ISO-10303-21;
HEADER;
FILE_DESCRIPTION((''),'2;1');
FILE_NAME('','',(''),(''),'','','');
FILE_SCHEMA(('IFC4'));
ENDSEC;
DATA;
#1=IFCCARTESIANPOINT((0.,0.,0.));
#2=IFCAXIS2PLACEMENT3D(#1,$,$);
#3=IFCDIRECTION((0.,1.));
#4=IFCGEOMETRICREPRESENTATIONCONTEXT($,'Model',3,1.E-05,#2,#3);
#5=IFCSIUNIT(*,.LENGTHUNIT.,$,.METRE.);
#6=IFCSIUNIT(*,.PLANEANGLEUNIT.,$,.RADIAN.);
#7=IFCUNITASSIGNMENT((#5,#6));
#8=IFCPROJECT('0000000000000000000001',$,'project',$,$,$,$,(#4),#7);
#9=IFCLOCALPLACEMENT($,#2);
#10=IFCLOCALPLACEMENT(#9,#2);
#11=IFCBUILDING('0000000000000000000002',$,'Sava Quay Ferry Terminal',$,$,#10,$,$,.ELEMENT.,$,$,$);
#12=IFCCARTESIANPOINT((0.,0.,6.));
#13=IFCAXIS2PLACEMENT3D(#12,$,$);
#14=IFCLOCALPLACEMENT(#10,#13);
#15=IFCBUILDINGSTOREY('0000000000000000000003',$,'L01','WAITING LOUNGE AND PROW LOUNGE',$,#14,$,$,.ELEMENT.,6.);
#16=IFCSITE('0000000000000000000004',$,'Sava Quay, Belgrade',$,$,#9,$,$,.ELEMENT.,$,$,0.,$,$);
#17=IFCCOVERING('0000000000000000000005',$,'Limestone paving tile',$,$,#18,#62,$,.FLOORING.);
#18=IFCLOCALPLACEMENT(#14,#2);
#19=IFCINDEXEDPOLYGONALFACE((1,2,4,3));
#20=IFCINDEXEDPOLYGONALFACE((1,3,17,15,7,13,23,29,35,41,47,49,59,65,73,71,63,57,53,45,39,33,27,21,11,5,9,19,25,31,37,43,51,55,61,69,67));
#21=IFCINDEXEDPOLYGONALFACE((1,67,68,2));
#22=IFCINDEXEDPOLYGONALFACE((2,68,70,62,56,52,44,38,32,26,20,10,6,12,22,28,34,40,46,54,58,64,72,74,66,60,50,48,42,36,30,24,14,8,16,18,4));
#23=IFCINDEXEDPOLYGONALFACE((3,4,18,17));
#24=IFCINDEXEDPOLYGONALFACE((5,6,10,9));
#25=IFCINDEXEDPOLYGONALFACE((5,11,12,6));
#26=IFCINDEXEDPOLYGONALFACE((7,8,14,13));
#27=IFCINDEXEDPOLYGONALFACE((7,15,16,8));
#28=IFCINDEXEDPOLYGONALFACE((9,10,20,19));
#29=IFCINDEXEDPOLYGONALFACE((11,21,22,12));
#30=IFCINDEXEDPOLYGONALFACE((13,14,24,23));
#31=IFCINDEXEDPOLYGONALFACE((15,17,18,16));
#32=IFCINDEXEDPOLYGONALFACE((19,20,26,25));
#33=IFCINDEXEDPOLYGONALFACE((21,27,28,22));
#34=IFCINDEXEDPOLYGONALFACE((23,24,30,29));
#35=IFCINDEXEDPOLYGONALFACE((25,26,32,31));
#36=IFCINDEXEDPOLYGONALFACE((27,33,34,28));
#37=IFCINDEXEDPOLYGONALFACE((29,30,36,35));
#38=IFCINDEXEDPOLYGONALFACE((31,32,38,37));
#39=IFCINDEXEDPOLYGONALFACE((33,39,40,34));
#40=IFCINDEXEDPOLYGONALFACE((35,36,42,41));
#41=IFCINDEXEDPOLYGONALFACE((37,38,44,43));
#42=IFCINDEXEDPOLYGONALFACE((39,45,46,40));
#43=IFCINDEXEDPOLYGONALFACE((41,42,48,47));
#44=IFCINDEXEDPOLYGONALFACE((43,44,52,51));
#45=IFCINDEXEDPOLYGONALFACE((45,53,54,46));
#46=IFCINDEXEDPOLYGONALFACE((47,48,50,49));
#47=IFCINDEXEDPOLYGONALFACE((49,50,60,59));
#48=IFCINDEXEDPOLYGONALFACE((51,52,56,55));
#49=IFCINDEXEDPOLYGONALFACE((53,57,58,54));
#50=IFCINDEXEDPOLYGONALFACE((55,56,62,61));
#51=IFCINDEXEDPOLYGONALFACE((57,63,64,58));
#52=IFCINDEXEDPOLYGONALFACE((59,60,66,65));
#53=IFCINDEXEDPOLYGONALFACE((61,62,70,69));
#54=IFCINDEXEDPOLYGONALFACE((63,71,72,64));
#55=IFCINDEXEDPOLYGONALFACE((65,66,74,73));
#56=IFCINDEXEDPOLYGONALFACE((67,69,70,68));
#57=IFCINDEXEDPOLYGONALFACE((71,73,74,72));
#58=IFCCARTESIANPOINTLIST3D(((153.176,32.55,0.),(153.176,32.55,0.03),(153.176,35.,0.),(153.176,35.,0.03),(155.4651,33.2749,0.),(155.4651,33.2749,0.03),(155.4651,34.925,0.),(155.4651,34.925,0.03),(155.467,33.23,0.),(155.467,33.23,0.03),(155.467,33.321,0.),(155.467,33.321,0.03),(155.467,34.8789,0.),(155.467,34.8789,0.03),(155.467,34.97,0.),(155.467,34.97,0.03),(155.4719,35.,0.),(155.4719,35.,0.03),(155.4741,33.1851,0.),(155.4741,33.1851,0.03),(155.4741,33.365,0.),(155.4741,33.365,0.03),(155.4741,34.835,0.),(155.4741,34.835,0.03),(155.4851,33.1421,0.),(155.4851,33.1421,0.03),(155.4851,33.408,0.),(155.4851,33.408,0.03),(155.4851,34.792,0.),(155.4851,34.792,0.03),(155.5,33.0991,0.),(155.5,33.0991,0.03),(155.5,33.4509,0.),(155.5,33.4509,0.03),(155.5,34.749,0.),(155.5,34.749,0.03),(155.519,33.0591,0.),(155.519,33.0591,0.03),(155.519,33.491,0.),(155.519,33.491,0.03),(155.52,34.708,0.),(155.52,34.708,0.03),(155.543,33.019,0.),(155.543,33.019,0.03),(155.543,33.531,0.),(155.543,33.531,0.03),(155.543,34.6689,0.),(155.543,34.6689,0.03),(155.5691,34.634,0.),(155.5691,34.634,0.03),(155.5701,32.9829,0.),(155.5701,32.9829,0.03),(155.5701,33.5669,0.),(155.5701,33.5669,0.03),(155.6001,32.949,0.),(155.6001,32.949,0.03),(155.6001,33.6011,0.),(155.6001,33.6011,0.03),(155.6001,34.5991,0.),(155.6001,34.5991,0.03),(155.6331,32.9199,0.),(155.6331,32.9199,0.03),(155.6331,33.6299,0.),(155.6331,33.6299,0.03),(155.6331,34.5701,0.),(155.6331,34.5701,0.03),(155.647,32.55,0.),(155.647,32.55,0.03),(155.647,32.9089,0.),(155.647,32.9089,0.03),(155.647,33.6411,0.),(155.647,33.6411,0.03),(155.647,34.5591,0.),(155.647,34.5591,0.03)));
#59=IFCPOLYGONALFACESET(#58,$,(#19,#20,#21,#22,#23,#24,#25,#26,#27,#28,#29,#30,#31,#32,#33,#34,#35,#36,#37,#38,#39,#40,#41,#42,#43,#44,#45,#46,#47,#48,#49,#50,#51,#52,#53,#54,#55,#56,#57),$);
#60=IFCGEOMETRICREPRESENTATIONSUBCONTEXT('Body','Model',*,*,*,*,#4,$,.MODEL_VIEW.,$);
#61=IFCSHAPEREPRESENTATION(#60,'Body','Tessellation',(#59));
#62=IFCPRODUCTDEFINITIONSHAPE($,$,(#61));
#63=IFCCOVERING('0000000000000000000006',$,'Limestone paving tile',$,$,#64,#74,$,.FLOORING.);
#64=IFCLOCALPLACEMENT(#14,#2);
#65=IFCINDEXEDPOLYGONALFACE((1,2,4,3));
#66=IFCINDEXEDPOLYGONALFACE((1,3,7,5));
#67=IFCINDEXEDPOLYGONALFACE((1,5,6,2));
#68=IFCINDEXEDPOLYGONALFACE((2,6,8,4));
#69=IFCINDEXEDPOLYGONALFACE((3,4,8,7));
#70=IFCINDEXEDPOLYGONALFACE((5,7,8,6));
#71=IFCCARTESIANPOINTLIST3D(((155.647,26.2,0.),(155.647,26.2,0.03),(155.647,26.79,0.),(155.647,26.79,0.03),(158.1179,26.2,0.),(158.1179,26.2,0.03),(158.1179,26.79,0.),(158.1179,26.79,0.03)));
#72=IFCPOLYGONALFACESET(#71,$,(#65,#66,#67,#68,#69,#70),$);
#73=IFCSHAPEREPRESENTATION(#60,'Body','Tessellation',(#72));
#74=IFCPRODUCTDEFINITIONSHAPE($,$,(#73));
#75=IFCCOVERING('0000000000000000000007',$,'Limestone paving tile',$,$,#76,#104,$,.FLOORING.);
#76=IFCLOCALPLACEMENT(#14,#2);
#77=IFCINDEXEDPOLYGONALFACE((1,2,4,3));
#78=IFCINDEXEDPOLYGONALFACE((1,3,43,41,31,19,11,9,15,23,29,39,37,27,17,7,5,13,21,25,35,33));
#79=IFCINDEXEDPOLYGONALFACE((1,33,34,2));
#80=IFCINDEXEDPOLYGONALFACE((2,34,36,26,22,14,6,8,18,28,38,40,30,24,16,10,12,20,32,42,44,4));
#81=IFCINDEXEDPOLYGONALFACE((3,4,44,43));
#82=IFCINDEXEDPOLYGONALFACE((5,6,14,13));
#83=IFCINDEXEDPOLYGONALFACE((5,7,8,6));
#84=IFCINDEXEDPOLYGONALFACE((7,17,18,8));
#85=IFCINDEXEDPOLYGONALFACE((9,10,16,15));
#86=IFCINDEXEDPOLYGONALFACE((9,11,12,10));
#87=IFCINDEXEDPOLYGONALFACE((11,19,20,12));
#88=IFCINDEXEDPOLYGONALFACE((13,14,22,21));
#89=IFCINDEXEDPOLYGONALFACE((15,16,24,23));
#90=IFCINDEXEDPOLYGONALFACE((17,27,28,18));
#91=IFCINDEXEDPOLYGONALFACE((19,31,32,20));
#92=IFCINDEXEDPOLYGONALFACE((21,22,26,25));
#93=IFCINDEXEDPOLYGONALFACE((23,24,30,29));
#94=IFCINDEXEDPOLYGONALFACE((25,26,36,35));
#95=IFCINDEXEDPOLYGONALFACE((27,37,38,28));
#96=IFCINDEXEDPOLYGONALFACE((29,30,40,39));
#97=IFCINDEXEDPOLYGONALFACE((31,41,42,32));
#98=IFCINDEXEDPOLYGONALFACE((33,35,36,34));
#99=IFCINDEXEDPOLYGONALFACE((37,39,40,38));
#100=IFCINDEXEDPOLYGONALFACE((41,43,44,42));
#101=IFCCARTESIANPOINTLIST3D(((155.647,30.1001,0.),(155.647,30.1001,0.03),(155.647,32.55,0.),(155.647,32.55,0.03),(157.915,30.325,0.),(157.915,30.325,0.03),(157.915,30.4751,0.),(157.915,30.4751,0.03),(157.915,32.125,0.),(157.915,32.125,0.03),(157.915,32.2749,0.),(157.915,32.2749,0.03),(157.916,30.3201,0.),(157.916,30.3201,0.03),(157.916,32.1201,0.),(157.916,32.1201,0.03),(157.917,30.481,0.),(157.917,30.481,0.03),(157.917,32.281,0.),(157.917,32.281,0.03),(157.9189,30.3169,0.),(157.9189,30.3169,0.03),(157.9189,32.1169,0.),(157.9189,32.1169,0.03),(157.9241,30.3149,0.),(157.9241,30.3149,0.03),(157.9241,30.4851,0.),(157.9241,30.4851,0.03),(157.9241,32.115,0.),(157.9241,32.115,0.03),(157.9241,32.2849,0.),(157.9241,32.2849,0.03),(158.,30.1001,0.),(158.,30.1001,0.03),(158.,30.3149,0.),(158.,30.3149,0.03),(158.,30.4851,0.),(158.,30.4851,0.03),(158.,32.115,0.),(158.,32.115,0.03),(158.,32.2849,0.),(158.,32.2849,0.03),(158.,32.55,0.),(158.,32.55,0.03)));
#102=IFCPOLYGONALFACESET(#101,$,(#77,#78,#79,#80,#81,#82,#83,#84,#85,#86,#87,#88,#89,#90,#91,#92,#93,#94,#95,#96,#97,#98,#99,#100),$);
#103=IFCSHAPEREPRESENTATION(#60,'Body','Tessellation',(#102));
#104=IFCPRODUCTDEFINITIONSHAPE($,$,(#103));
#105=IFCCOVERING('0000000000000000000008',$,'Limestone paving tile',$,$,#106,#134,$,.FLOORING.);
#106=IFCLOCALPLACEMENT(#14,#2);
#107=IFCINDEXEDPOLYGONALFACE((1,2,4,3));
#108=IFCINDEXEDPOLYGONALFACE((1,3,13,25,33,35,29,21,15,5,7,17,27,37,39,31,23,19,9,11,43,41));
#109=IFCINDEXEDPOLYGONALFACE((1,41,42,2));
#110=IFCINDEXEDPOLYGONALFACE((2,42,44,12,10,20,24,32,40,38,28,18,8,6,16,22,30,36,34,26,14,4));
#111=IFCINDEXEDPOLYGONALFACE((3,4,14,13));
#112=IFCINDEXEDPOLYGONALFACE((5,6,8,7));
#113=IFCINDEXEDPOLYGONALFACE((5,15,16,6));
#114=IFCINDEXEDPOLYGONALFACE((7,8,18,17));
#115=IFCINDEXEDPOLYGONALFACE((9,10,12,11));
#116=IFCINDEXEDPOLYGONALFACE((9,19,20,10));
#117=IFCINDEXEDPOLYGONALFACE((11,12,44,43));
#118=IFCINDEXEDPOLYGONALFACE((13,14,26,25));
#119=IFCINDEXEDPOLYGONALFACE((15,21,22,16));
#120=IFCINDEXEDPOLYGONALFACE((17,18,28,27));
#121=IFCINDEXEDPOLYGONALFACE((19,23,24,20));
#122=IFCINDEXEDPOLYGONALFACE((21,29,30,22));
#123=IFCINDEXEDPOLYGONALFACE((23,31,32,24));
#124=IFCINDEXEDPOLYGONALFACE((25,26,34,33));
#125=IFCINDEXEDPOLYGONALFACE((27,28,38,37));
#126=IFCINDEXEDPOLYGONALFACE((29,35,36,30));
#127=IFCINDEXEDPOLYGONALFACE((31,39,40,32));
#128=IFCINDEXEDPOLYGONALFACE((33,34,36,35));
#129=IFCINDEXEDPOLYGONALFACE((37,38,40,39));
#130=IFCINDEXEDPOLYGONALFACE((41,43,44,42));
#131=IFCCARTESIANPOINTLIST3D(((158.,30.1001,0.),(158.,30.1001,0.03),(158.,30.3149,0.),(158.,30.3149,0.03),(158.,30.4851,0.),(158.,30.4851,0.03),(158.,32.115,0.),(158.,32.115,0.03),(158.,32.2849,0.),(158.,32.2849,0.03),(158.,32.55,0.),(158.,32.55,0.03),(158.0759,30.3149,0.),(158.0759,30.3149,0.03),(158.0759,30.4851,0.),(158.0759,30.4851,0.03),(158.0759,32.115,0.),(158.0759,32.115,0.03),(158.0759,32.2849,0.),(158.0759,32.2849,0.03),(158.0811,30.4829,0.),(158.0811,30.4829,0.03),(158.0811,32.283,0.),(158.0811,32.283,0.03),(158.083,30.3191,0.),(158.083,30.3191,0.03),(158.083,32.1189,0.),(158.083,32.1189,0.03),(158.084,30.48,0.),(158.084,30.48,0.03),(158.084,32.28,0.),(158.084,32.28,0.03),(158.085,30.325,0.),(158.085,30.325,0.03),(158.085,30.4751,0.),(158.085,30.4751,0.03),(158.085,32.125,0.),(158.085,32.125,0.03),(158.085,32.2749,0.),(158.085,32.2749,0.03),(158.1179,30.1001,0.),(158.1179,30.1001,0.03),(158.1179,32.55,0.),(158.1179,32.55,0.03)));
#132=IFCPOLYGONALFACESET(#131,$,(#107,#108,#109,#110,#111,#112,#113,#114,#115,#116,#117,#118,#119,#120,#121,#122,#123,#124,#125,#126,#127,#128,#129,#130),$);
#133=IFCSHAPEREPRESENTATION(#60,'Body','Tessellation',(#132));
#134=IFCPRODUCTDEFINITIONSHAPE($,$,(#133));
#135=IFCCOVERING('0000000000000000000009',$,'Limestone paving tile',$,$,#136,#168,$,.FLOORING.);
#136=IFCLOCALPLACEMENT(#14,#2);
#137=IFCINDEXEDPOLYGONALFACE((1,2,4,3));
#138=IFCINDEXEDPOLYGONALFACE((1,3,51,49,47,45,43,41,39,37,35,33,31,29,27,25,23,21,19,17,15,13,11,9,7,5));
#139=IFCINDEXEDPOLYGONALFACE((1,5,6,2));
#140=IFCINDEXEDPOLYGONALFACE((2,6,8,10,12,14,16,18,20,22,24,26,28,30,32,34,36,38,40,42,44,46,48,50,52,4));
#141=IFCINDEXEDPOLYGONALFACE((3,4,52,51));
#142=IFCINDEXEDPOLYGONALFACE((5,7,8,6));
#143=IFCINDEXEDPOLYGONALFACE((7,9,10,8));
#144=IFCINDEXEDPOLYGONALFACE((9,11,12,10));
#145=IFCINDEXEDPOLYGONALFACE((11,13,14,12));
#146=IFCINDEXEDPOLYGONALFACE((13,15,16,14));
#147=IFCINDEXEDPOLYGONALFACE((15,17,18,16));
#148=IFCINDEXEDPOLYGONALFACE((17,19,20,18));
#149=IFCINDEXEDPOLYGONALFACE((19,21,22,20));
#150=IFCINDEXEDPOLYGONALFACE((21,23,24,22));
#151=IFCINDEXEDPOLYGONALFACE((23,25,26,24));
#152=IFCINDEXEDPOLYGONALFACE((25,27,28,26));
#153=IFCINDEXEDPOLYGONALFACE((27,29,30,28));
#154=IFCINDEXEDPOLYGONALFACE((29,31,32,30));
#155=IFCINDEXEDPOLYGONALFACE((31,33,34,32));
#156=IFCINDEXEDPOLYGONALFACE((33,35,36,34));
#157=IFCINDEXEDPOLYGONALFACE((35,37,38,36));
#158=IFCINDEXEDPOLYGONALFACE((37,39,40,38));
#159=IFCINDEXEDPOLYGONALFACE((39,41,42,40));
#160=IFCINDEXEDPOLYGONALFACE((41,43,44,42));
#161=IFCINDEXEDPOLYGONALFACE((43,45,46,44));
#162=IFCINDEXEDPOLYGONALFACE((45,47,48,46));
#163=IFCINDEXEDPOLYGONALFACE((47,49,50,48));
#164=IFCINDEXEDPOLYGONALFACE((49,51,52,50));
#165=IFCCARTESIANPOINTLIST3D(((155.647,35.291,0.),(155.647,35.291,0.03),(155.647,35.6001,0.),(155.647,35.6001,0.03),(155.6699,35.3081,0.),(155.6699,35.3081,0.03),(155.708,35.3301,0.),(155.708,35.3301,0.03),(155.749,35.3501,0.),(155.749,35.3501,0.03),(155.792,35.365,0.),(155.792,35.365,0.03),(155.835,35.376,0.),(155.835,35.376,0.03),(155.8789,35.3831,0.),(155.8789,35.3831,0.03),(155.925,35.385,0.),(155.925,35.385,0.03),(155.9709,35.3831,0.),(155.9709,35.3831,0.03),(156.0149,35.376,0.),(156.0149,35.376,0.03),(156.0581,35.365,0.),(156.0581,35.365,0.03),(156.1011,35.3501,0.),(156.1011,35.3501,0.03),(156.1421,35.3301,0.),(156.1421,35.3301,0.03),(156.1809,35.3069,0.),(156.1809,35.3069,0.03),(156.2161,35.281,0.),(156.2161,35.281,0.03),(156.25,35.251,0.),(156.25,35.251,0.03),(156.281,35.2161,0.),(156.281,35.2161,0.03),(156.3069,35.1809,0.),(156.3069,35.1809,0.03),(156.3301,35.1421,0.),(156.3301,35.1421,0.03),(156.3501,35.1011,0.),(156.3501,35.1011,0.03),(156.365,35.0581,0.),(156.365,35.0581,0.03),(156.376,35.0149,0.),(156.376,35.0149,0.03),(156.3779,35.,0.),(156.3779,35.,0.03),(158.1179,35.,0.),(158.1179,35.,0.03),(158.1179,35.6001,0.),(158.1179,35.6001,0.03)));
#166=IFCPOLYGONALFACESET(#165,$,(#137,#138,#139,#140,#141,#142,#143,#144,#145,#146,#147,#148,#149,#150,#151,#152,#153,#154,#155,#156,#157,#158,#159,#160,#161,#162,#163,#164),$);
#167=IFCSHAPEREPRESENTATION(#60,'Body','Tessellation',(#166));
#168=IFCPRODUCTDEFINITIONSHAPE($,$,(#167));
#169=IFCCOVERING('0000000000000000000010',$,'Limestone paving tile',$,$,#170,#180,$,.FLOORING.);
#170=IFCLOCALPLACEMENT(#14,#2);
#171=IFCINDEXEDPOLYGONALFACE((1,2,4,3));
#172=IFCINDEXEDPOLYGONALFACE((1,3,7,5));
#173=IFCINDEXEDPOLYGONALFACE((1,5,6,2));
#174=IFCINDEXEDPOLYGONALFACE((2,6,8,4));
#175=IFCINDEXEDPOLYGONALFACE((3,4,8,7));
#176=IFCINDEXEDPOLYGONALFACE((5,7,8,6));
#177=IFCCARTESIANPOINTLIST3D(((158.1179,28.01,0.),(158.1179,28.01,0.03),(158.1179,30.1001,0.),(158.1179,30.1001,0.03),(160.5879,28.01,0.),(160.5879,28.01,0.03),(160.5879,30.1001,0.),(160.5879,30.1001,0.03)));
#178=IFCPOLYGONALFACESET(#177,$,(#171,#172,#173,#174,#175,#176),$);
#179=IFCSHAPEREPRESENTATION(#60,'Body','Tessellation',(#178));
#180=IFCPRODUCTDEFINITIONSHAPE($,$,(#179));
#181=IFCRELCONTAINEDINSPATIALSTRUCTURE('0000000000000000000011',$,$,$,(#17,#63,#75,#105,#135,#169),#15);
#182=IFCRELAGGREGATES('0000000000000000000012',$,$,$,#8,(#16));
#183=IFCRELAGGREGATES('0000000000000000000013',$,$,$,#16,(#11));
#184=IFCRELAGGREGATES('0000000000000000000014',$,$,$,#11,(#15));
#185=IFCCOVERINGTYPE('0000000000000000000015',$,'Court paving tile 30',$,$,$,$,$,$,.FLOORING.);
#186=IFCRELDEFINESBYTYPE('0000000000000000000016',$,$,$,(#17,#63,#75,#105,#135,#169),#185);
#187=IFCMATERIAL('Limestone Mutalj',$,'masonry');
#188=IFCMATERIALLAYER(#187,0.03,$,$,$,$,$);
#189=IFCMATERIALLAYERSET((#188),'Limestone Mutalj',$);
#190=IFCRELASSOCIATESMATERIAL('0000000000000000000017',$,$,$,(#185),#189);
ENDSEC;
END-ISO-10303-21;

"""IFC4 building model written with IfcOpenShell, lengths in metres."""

from ifc_helpers import new_model, si_unit, direction, frame, origin, place, context, subcontext, project, spatial, polyline, outline, extrude, material, layer, layer_set, type_object, element, save


model = new_model("IFC4")

# Units and contexts
model_context = context("Model", 3, precision=1e-05, world=origin(), true_north=direction((0.0, 1.0)))
body_context = subcontext(model_context, "Body", "Model", "MODEL_VIEW")
ifc_project = project(units=[si_unit("LENGTHUNIT", "METRE"), si_unit("PLANEANGLEUNIT", "RADIAN")], contexts=[model_context])

# Site, building, storey
site_placement = place(None, origin())
site = spatial("IfcSite", under=ifc_project, at=site_placement, Name="Sava Quay, Belgrade", CompositionType="ELEMENT", RefElevation=0.0)
building_placement = place(site_placement, origin())
building = spatial("IfcBuilding", under=site, at=building_placement, Name="Sava Quay Ferry Terminal", CompositionType="ELEMENT")
storey_placement = place(building_placement, frame((0.0, 0.0, 6.0)))
storey = spatial("IfcBuildingStorey", under=building, at=storey_placement, Name="L01", Description="WAITING LOUNGE AND PROW LOUNGE", CompositionType="ELEMENT", Elevation=6.0)

# Coverings
ifc_material_1 = material(Name="Limestone Mutalj", Category="masonry")
ifc_layer_1 = layer(ifc_material_1, 0.03)
ifc_layer_set_1 = layer_set([ifc_layer_1], Name="Limestone Mutalj")
covering_type_1 = type_object("IfcCoveringType", Name="Court paving tile 30", PredefinedType="FLOORING", material=ifc_layer_set_1)
covering_1_placement = place(storey_placement, origin())
element("IfcCovering", 1, at=covering_1_placement, inside=storey, type_object=covering_type_1, Name="Limestone paving tile", PredefinedType="FLOORING", context=body_context, shape_type="SweptSolid", body=[
    extrude(outline(polyline([(155.647, 32.55), (155.647, 32.9089), (155.6331, 32.9199), (155.6001, 32.949), (155.5701, 32.9829), (155.543, 33.019), (155.519, 33.0591), (155.5, 33.0991), (155.4851, 33.1421), (155.4741, 33.1851), (155.467, 33.23), (155.4651, 33.2749), (155.467, 33.321), (155.4741, 33.365), (155.4851, 33.408), (155.5, 33.4509), (155.519, 33.491), (155.543, 33.531), (155.5701, 33.5669), (155.6001, 33.6011), (155.6331, 33.6299), (155.647, 33.6411), (155.647, 34.5591), (155.6331, 34.5701), (155.6001, 34.5991), (155.5691, 34.634), (155.543, 34.6689), (155.52, 34.708), (155.5, 34.749), (155.4851, 34.792), (155.4741, 34.835), (155.467, 34.8789), (155.4651, 34.925), (155.467, 34.97), (155.4719, 35.0), (153.176, 35.0), (153.176, 32.55), (155.647, 32.55)])), origin(), (0.0, 0.0, 1.0), 0.03),
])
covering_2_placement = place(storey_placement, origin())
element("IfcCovering", 2, at=covering_2_placement, inside=storey, type_object=covering_type_1, Name="Limestone paving tile", PredefinedType="FLOORING", context=body_context, shape_type="SweptSolid", body=[
    extrude(outline(polyline([(158.1179, 26.2), (158.1179, 26.79), (155.647, 26.79), (155.647, 26.2), (158.1179, 26.2)])), origin(), (0.0, 0.0, 1.0), 0.03),
])
covering_3_placement = place(storey_placement, origin())
element("IfcCovering", 3, at=covering_3_placement, inside=storey, type_object=covering_type_1, Name="Limestone paving tile", PredefinedType="FLOORING", context=body_context, shape_type="SweptSolid", body=[
    extrude(outline(polyline([(155.647, 32.55), (155.647, 30.1001), (158.0, 30.1001), (158.0, 30.3149), (157.9241, 30.3149), (157.9189, 30.3169), (157.916, 30.3201), (157.915, 30.325), (157.915, 30.4751), (157.917, 30.481), (157.9241, 30.4851), (158.0, 30.4851), (158.0, 32.115), (157.9241, 32.115), (157.9189, 32.1169), (157.916, 32.1201), (157.915, 32.125), (157.915, 32.2749), (157.917, 32.281), (157.9241, 32.2849), (158.0, 32.2849), (158.0, 32.55), (155.647, 32.55)])), origin(), (0.0, 0.0, 1.0), 0.03),
])
covering_4_placement = place(storey_placement, origin())
element("IfcCovering", 4, at=covering_4_placement, inside=storey, type_object=covering_type_1, Name="Limestone paving tile", PredefinedType="FLOORING", context=body_context, shape_type="SweptSolid", body=[
    extrude(outline(polyline([(158.1179, 32.55), (158.0, 32.55), (158.0, 32.2849), (158.0759, 32.2849), (158.0811, 32.283), (158.084, 32.28), (158.085, 32.2749), (158.085, 32.125), (158.083, 32.1189), (158.0759, 32.115), (158.0, 32.115), (158.0, 30.4851), (158.0759, 30.4851), (158.0811, 30.4829), (158.084, 30.48), (158.085, 30.4751), (158.085, 30.325), (158.083, 30.3191), (158.0759, 30.3149), (158.0, 30.3149), (158.0, 30.1001), (158.1179, 30.1001), (158.1179, 32.55)])), origin(), (0.0, 0.0, 1.0), 0.03),
])
covering_5_placement = place(storey_placement, origin())
element("IfcCovering", 5, at=covering_5_placement, inside=storey, type_object=covering_type_1, Name="Limestone paving tile", PredefinedType="FLOORING", context=body_context, shape_type="SweptSolid", body=[
    extrude(outline(polyline([(158.1179, 35.0), (158.1179, 35.6001), (155.647, 35.6001), (155.647, 35.291), (155.6699, 35.3081), (155.708, 35.3301), (155.749, 35.3501), (155.792, 35.365), (155.835, 35.376), (155.8789, 35.3831), (155.925, 35.385), (155.9709, 35.3831), (156.0149, 35.376), (156.0581, 35.365), (156.1011, 35.3501), (156.1421, 35.3301), (156.1809, 35.3069), (156.2161, 35.281), (156.25, 35.251), (156.281, 35.2161), (156.3069, 35.1809), (156.3301, 35.1421), (156.3501, 35.1011), (156.365, 35.0581), (156.376, 35.0149), (156.3779, 35.0), (158.1179, 35.0)])), origin(), (0.0, 0.0, 1.0), 0.03),
])
covering_6_placement = place(storey_placement, origin())
element("IfcCovering", 6, at=covering_6_placement, inside=storey, type_object=covering_type_1, Name="Limestone paving tile", PredefinedType="FLOORING", context=body_context, shape_type="SweptSolid", body=[
    extrude(outline(polyline([(158.1179, 30.1001), (158.1179, 28.01), (160.5879, 28.01), (160.5879, 30.1001), (158.1179, 30.1001)])), origin(), (0.0, 0.0, 1.0), 0.03),
])

save(model, "model.ifc")
